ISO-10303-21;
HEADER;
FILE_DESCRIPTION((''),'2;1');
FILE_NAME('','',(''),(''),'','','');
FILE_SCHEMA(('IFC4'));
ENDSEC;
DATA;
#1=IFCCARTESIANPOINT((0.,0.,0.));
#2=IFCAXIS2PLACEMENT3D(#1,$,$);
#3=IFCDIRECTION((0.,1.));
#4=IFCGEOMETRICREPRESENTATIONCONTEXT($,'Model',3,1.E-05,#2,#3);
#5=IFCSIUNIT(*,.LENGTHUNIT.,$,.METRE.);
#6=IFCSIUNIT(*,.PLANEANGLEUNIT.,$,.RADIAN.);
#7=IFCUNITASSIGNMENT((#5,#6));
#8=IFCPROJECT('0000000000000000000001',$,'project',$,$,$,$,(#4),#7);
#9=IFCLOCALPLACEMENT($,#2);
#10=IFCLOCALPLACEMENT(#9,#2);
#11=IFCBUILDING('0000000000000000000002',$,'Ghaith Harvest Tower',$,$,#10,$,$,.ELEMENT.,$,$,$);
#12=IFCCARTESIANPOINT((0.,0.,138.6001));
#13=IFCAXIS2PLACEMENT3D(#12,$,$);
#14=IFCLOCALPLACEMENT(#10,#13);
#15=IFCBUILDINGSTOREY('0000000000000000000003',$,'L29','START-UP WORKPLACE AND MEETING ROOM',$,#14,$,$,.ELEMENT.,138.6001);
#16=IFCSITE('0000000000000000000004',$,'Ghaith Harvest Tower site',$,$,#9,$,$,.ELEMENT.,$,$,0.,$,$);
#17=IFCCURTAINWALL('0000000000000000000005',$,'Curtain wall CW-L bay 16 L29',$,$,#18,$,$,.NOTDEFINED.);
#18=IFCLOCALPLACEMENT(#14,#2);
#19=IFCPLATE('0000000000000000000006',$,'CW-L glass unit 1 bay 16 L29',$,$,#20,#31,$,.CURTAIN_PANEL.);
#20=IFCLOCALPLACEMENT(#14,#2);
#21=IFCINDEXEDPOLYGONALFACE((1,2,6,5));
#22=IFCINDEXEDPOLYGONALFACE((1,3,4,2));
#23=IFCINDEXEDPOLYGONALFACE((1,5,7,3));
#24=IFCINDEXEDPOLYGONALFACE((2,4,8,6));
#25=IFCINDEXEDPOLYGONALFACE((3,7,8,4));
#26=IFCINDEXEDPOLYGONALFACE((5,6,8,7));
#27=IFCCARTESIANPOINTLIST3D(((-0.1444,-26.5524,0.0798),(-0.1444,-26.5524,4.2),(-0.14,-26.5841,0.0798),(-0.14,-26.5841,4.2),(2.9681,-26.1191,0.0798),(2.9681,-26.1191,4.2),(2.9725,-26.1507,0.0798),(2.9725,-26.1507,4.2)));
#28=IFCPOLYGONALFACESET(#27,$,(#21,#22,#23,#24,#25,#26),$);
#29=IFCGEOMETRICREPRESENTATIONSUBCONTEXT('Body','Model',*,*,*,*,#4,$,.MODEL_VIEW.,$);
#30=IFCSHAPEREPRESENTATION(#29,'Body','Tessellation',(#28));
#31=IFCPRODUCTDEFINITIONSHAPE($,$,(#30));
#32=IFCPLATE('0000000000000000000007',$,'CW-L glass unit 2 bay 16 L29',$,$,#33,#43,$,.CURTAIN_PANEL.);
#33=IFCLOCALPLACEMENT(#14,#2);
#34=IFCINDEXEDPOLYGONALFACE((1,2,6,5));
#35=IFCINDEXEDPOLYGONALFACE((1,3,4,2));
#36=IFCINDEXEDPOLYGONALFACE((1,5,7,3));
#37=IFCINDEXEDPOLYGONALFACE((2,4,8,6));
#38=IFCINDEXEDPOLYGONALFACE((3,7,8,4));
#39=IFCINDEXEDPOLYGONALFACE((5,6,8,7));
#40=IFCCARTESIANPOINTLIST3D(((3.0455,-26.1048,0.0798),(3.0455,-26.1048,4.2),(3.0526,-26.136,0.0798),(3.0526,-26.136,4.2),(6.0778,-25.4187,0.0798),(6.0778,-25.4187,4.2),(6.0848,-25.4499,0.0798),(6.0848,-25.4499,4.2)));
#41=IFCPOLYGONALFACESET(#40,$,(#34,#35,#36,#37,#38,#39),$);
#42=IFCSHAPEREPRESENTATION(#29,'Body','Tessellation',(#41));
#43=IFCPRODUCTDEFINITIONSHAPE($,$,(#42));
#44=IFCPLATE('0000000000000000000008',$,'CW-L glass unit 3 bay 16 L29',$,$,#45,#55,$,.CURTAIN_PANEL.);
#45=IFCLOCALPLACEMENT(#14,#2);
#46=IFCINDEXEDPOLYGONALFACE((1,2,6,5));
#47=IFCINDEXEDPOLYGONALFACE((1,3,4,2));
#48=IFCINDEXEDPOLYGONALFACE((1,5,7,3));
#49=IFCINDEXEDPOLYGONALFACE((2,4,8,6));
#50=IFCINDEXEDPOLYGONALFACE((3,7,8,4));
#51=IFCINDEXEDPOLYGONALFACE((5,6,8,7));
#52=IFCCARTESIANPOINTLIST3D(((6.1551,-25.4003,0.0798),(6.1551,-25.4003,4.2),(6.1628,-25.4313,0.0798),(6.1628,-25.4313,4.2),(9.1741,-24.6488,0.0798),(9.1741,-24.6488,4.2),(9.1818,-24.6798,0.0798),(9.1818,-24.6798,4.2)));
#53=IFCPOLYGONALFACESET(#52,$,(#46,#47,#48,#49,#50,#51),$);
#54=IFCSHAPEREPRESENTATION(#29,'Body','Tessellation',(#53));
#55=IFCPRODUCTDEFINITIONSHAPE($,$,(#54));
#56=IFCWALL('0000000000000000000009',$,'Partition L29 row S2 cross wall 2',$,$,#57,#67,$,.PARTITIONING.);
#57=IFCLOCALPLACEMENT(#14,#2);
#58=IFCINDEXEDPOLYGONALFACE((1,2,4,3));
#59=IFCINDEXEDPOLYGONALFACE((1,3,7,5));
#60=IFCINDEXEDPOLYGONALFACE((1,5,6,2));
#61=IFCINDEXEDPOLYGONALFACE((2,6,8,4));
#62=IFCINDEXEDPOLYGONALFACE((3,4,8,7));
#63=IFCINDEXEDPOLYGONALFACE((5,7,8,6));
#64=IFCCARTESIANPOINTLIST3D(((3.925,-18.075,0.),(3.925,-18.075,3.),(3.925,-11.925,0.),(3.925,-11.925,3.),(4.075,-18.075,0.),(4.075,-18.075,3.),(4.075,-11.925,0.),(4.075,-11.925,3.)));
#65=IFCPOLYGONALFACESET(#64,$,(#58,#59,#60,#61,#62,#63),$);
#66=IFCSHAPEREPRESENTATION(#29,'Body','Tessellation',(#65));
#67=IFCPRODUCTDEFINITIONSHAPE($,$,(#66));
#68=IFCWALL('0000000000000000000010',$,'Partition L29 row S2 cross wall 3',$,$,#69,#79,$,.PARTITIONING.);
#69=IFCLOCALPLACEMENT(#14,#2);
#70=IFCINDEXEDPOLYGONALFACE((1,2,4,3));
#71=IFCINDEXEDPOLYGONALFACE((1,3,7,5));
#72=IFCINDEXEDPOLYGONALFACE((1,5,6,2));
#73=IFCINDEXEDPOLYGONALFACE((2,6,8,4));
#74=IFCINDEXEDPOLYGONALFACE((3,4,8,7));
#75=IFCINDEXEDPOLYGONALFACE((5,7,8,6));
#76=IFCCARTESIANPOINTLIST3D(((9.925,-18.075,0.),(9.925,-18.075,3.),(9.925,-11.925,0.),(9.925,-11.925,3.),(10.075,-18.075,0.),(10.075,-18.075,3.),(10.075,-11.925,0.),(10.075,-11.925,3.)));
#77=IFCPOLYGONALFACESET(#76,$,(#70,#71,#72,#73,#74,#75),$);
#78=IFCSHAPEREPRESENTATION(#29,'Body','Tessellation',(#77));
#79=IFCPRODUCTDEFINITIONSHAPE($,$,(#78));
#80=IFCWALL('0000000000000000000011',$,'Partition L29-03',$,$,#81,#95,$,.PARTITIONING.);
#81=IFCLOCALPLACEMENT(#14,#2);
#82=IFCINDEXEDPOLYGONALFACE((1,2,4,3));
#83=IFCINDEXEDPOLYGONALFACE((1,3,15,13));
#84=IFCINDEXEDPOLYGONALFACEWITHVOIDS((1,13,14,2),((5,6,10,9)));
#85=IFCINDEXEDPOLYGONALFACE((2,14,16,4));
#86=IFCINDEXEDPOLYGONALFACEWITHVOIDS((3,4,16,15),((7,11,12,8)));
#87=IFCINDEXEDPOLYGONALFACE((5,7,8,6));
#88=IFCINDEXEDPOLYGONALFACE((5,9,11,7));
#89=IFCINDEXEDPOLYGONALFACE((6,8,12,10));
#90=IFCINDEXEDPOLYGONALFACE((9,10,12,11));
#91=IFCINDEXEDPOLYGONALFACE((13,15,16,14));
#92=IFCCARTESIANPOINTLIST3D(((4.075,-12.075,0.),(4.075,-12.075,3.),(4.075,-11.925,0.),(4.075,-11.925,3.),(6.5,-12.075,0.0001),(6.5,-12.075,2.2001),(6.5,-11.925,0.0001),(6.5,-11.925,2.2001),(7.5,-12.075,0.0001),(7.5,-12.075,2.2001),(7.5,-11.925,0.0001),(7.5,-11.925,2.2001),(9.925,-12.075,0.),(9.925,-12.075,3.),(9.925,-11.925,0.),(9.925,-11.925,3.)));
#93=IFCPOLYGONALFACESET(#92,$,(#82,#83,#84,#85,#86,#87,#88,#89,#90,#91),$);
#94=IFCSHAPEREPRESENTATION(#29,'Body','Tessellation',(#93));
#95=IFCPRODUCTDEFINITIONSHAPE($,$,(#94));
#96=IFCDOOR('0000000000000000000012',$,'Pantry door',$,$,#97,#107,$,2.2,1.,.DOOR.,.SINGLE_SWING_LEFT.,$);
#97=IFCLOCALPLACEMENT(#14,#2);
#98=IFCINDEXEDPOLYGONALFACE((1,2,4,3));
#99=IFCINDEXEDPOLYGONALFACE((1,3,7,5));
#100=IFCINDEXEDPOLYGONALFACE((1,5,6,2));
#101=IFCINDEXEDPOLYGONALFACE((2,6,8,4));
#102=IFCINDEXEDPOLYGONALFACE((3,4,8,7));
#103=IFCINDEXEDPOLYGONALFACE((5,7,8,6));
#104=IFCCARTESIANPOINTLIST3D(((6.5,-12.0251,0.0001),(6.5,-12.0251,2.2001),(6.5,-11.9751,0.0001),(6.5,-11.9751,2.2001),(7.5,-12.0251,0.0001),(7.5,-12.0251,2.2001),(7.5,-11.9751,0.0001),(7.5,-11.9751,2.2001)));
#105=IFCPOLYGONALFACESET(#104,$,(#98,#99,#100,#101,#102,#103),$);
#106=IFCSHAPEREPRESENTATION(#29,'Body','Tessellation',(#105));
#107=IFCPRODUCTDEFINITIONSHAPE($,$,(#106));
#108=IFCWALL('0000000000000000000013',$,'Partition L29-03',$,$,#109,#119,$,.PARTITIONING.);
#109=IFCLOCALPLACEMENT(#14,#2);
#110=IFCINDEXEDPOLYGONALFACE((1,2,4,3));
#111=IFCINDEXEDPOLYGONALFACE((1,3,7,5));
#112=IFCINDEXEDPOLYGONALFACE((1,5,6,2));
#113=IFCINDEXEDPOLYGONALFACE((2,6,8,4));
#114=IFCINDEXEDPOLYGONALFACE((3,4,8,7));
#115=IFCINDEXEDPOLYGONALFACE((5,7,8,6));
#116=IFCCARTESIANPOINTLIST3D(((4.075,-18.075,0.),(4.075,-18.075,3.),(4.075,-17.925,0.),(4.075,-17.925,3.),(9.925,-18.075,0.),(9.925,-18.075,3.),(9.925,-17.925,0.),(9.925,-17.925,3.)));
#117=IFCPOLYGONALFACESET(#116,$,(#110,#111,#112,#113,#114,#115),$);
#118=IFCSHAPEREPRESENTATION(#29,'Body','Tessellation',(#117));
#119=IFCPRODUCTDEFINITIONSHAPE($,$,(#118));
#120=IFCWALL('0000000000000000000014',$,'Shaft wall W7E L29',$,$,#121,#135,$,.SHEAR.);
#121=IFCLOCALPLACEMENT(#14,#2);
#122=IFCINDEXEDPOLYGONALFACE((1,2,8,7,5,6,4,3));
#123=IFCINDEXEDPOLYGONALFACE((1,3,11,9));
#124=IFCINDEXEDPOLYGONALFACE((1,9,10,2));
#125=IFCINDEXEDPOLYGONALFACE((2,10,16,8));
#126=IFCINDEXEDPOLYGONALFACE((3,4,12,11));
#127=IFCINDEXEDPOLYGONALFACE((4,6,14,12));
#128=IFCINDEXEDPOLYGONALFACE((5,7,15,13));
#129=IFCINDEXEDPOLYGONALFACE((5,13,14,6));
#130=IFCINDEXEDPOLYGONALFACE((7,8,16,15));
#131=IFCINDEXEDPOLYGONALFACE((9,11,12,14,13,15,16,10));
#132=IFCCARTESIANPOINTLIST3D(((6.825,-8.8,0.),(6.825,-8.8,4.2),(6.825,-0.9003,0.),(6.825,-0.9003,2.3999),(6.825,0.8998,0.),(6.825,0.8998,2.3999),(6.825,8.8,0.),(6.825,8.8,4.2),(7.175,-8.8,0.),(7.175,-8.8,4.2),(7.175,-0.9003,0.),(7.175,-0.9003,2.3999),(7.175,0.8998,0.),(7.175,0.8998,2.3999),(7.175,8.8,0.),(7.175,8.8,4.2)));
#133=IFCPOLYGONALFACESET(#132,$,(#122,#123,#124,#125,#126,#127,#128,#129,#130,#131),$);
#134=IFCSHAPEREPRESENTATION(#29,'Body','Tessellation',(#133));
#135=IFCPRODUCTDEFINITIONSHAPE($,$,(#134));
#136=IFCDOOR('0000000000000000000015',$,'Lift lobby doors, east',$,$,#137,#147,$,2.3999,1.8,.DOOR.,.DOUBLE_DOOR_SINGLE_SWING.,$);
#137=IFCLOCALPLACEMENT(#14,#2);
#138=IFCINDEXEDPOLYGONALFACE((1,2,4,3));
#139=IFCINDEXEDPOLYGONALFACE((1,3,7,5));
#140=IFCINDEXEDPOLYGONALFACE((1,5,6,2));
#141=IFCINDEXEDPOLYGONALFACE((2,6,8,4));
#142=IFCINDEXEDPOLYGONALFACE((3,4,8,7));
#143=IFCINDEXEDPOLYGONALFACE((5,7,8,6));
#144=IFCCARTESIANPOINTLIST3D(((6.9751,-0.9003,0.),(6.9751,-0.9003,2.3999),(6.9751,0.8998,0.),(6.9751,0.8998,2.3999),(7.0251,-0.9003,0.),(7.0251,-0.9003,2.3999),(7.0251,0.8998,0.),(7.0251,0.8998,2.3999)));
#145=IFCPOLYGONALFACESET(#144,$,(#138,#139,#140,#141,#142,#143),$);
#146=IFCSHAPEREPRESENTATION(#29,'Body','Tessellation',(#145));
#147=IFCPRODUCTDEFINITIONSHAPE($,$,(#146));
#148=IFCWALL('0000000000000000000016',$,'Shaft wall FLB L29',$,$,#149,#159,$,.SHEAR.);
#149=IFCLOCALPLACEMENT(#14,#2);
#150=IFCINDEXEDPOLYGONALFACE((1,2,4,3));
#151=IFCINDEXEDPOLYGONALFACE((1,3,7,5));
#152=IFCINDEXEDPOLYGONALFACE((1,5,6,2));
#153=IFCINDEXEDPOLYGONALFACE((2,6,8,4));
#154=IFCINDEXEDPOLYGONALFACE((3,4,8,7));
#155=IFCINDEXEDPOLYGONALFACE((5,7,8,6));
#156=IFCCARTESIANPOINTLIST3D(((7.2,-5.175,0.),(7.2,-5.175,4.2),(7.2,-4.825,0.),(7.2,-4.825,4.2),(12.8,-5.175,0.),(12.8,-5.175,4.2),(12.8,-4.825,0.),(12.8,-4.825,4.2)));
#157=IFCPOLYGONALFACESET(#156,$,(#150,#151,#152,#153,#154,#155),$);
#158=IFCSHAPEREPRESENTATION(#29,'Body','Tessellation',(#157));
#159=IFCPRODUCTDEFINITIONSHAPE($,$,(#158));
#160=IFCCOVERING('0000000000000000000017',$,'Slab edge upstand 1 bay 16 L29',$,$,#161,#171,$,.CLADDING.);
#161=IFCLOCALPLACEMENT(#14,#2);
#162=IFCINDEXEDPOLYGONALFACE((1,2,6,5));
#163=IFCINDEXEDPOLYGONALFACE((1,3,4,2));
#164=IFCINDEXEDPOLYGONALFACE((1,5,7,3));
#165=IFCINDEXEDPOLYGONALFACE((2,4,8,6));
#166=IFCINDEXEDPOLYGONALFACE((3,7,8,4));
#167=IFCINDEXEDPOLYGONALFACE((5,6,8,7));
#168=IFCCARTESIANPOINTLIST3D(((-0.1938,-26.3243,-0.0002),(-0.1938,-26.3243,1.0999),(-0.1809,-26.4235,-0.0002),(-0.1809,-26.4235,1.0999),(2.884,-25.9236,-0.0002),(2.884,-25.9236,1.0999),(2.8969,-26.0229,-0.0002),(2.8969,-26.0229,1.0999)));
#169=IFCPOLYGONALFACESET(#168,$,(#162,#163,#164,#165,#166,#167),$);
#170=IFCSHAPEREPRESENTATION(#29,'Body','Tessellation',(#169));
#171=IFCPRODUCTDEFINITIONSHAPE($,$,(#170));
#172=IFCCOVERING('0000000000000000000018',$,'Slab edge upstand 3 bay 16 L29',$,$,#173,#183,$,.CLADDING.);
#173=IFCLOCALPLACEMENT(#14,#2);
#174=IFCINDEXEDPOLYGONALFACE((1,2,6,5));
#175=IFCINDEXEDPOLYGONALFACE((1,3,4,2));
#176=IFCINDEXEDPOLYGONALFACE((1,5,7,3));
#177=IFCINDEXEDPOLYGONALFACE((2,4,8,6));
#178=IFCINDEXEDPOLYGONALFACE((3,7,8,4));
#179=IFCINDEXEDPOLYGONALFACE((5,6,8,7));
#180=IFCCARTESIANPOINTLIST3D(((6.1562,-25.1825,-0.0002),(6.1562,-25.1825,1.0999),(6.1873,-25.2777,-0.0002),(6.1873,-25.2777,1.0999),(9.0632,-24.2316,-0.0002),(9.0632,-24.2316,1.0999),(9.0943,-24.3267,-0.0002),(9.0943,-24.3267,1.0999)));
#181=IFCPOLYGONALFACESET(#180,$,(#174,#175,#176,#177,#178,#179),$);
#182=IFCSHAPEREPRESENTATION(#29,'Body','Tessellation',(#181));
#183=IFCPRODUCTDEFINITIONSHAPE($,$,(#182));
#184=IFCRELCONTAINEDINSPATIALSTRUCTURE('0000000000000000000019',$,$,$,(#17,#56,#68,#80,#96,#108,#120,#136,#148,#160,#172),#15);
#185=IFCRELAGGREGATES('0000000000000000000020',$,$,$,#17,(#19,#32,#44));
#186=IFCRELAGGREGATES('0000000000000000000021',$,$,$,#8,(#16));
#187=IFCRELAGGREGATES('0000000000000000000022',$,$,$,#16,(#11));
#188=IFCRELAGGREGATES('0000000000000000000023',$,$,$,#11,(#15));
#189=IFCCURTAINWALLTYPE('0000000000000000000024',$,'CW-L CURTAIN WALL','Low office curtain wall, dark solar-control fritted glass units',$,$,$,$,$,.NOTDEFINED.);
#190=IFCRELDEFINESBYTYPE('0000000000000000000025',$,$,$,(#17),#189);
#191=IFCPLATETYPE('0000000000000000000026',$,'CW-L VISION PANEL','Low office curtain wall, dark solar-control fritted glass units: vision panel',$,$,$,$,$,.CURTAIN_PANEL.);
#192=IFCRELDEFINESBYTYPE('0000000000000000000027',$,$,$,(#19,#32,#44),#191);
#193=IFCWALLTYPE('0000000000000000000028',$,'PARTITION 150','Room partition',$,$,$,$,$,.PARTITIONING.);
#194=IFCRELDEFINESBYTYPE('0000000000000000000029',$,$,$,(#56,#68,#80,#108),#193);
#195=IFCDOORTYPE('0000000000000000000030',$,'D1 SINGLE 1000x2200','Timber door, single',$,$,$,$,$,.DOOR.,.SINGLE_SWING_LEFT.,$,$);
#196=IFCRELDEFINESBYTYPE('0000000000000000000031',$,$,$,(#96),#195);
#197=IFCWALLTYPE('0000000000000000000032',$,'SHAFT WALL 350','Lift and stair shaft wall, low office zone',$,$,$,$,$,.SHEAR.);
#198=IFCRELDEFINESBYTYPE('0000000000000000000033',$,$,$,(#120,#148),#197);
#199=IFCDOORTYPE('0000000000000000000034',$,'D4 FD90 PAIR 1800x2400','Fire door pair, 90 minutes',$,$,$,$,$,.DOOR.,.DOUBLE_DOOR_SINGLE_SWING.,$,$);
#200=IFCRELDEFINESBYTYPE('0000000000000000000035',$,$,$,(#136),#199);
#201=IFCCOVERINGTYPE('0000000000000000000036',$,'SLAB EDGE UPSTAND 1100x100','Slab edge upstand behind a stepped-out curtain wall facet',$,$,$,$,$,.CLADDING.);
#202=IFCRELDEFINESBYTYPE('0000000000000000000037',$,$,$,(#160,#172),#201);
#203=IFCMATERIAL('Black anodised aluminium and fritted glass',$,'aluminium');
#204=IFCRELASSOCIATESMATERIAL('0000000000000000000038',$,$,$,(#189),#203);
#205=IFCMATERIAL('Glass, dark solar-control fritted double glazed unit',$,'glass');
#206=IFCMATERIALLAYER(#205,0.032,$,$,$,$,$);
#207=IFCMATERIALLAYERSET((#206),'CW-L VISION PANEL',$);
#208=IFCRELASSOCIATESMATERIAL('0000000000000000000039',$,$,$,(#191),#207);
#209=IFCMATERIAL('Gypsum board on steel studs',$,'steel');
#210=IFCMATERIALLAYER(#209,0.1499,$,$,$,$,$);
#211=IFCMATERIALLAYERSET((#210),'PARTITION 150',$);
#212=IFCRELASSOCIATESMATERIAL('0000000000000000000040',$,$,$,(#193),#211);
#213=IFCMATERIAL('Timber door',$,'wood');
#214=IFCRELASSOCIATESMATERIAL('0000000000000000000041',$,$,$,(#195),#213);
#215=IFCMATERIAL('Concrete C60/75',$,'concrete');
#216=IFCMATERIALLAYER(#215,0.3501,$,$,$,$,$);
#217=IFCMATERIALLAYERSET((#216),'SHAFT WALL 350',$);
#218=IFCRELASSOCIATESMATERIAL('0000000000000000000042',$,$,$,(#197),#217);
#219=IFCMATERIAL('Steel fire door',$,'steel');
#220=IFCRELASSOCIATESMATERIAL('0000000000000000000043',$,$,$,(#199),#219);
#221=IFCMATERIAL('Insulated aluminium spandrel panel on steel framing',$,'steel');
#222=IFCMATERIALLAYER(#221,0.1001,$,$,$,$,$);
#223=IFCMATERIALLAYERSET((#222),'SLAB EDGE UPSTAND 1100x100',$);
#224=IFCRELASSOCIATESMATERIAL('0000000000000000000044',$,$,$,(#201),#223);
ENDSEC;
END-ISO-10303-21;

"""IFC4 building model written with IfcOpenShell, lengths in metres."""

from ifc_helpers import new_model, si_unit, direction, frame, frame_2d, origin, origin_2d, place, context, subcontext, project, spatial, rectangle, extrude, material, layer, layer_set, type_object, element, fill, aggregate, save


model = new_model("IFC4")

# Units and contexts
model_context = context("Model", 3, precision=1e-05, world=origin(), true_north=direction((0.0, 1.0)))
body_context = subcontext(model_context, "Body", "Model", "MODEL_VIEW")
ifc_project = project(units=[si_unit("LENGTHUNIT", "METRE"), si_unit("PLANEANGLEUNIT", "RADIAN")], contexts=[model_context])

# Site, building, storey
site_placement = place(None, origin())
site = spatial("IfcSite", under=ifc_project, at=site_placement, Name="Ghaith Harvest Tower site", CompositionType="ELEMENT", RefElevation=0.0)
building_placement = place(site_placement, origin())
building = spatial("IfcBuilding", under=site, at=building_placement, Name="Ghaith Harvest Tower", CompositionType="ELEMENT")
storey_placement = place(building_placement, frame((0.0, 0.0, 138.6001)))
storey = spatial("IfcBuildingStorey", under=building, at=storey_placement, Name="L29", Description="START-UP WORKPLACE AND MEETING ROOM", CompositionType="ELEMENT", Elevation=138.6001)

# Curtain wall
ifc_material_1 = material(Name="Black anodised aluminium and fritted glass", Category="aluminium")
curtain_wall_type = type_object("IfcCurtainWallType", Name="CW-L CURTAIN WALL", Description="Low office curtain wall, dark solar-control fritted glass units", PredefinedType="NOTDEFINED", material=ifc_material_1)
curtain_wall_1_placement = place(storey_placement, origin())
curtain_wall_1 = element("IfcCurtainWall", 1, at=curtain_wall_1_placement, inside=storey, type_object=curtain_wall_type, Name="Curtain wall CW-L bay 16 L29", PredefinedType="NOTDEFINED")

# Plates
ifc_material_2 = material(Name="Glass, dark solar-control fritted double glazed unit", Category="glass")
ifc_layer_1 = layer(ifc_material_2, 0.032)
ifc_layer_set_1 = layer_set([ifc_layer_1], Name="CW-L VISION PANEL")
plate_type = type_object("IfcPlateType", Name="CW-L VISION PANEL", Description="Low office curtain wall, dark solar-control fritted glass units: vision panel", PredefinedType="CURTAIN_PANEL", material=ifc_layer_set_1)
plate_1_placement = place(storey_placement, frame((1.4141, -26.3516, 0.0798), z_axis=(0.0, 0.0, 1.0), x_axis=(0.990448, 0.137886, 0.0)))
plate_1 = element("IfcPlate", 2, at=plate_1_placement, type_object=plate_type, Name="CW-L glass unit 1 bay 16 L29", PredefinedType="CURTAIN_PANEL", context=body_context, shape_type="SweptSolid", body=[
    extrude(rectangle(XDim=3.1426, YDim=0.032, at=origin_2d()), origin(), (0.0, 0.0, 1.0), 4.1201),
])
plate_2_placement = place(storey_placement, frame((4.5652, -25.7773, 0.0798), z_axis=(0.0, 0.0, 1.0), x_axis=(0.975342, 0.2207, 0.0)))
plate_2 = element("IfcPlate", 3, at=plate_2_placement, type_object=plate_type, Name="CW-L glass unit 2 bay 16 L29", PredefinedType="CURTAIN_PANEL", context=body_context, shape_type="SweptSolid", body=[
    extrude(rectangle(XDim=3.1089, YDim=0.032, at=origin_2d()), origin(), (0.0, 0.0, 1.0), 4.1201),
])
plate_3_placement = place(storey_placement, frame((7.6685, -25.04, 0.0798), z_axis=(0.0, 0.0, 1.0), x_axis=(0.970384, 0.241566, 0.0)))
plate_3 = element("IfcPlate", 4, at=plate_3_placement, type_object=plate_type, Name="CW-L glass unit 3 bay 16 L29", PredefinedType="CURTAIN_PANEL", context=body_context, shape_type="SweptSolid", body=[
    extrude(rectangle(XDim=3.1111, YDim=0.032, at=origin_2d()), origin(), (0.0, 0.0, 1.0), 4.1201),
])
aggregate(curtain_wall_1, [plate_1, plate_2, plate_3])

# Walls
ifc_material_3 = material(Name="Gypsum board on steel studs", Category="steel")
ifc_layer_2 = layer(ifc_material_3, 0.1499)
ifc_layer_set_2 = layer_set([ifc_layer_2], Name="PARTITION 150")
wall_type_1 = type_object("IfcWallType", Name="PARTITION 150", Description="Room partition", PredefinedType="PARTITIONING", material=ifc_layer_set_2)
for number, where, z_axis, x_axis, name in (
    (5, (4.0, -11.925, 0.0), (0.0, 0.0, 1.0), (0.0, -1.0, 0.0), "Partition L29 row S2 cross wall 2"),
    (6, (10.0, -11.925, 0.0), (0.0, 0.0, 1.0), (0.0, -1.0, 0.0), "Partition L29 row S2 cross wall 3"),
):
    element("IfcWall", number, at=place(storey_placement, frame(where, z_axis=z_axis, x_axis=x_axis)), inside=storey, type_object=wall_type_1, Name=name, PredefinedType="PARTITIONING", context=body_context, shape_type="SweptSolid", body=[
        extrude(rectangle(XDim=6.1499, YDim=0.1499, at=frame_2d((3.075, 0.0))), origin(), (0.0, 0.0, 1.0), 3.0),
    ])

# Wall, opening, door
wall_1_placement = place(storey_placement, frame((4.075, -12.0, 0.0), z_axis=(0.0, 0.0, 1.0), x_axis=(1.0, 0.0, 0.0)))
wall_1 = element("IfcWall", 7, at=wall_1_placement, inside=storey, type_object=wall_type_1, Name="Partition L29-03", PredefinedType="PARTITIONING", context=body_context, shape_type="SweptSolid", body=[
    extrude(rectangle(XDim=5.8501, YDim=0.1499, at=frame_2d((2.925, 0.0))), origin(), (0.0, 0.0, 1.0), 3.0),
])
opening_1_placement = place(wall_1_placement, frame((2.425, 0.0, 0.0)))
opening_1 = element("IfcOpeningElement", 8, at=opening_1_placement, cuts=wall_1, PredefinedType="OPENING", context=body_context, shape_type="SweptSolid", body=[
    extrude(rectangle(XDim=1.0, YDim=2.2, at=frame_2d((0.5, 1.1001))), frame((0.0, 0.085, 0.0), z_axis=(0.0, -1.0, 0.0), x_axis=(1.0, 0.0, 0.0)), (0.0, 0.0, 1.0), 0.1699),
])
ifc_material_4 = material(Name="Timber door", Category="wood")
door_type_1 = type_object("IfcDoorType", Name="D1 SINGLE 1000x2200", Description="Timber door, single", OperationType="SINGLE_SWING_LEFT", PredefinedType="DOOR", material=ifc_material_4)
door_1_placement = place(opening_1_placement, origin())
door_1 = element("IfcDoor", 9, at=door_1_placement, inside=storey, type_object=door_type_1, Name="Pantry door", OperationType="SINGLE_SWING_LEFT", OverallHeight=2.2, OverallWidth=1.0, PredefinedType="DOOR", context=body_context, shape_type="SweptSolid", body=[
    extrude(rectangle(XDim=1.0, YDim=2.2, at=frame_2d((0.5, 1.1001))), frame((0.0, 0.0249, 0.0), z_axis=(0.0, -1.0, 0.0), x_axis=(1.0, 0.0, 0.0)), (0.0, 0.0, 1.0), 0.05),
])
fill(opening_1, door_1)

# Wall
wall_2_placement = place(storey_placement, frame((4.075, -18.0, 0.0), z_axis=(0.0, 0.0, 1.0), x_axis=(1.0, 0.0, 0.0)))
element("IfcWall", 10, at=wall_2_placement, inside=storey, type_object=wall_type_1, Name="Partition L29-03", PredefinedType="PARTITIONING", context=body_context, shape_type="SweptSolid", body=[
    extrude(rectangle(XDim=5.8501, YDim=0.1499, at=frame_2d((2.925, 0.0))), origin(), (0.0, 0.0, 1.0), 3.0),
])

# Wall, opening, door
ifc_material_5 = material(Name="Concrete C60/75", Category="concrete")
ifc_layer_3 = layer(ifc_material_5, 0.3501)
ifc_layer_set_3 = layer_set([ifc_layer_3], Name="SHAFT WALL 350")
wall_type_2 = type_object("IfcWallType", Name="SHAFT WALL 350", Description="Lift and stair shaft wall, low office zone", PredefinedType="SHEAR", material=ifc_layer_set_3)
wall_3_placement = place(storey_placement, frame((7.0, -8.8, 0.0), z_axis=(0.0, 0.0, 1.0), x_axis=(0.0, 1.0, 0.0)))
wall_3 = element("IfcWall", 11, at=wall_3_placement, inside=storey, type_object=wall_type_2, Name="Shaft wall W7E L29", PredefinedType="SHEAR", context=body_context, shape_type="SweptSolid", body=[
    extrude(rectangle(XDim=17.6001, YDim=0.3501, at=frame_2d((8.8, 0.0))), origin(), (0.0, 0.0, 1.0), 4.2),
])
opening_2_placement = place(wall_3_placement, frame((7.8999, 0.0, 0.0)))
opening_2 = element("IfcOpeningElement", 12, at=opening_2_placement, cuts=wall_3, PredefinedType="OPENING", context=body_context, shape_type="SweptSolid", body=[
    extrude(rectangle(XDim=1.8, YDim=2.3999, at=frame_2d((0.8999, 1.2))), frame((0.0, 0.1851, 0.0), z_axis=(0.0, -1.0, 0.0), x_axis=(1.0, 0.0, 0.0)), (0.0, 0.0, 1.0), 0.3701),
])
ifc_material_6 = material(Name="Steel fire door", Category="steel")
door_type_2 = type_object("IfcDoorType", Name="D4 FD90 PAIR 1800x2400", Description="Fire door pair, 90 minutes", OperationType="DOUBLE_DOOR_SINGLE_SWING", PredefinedType="DOOR", material=ifc_material_6)
door_2_placement = place(opening_2_placement, origin())
door_2 = element("IfcDoor", 13, at=door_2_placement, inside=storey, type_object=door_type_2, Name="Lift lobby doors, east", OperationType="DOUBLE_DOOR_SINGLE_SWING", OverallHeight=2.3999, OverallWidth=1.8, PredefinedType="DOOR", context=body_context, shape_type="SweptSolid", body=[
    extrude(rectangle(XDim=1.8, YDim=2.3999, at=frame_2d((0.8999, 1.2))), frame((0.0, 0.0249, 0.0), z_axis=(0.0, -1.0, 0.0), x_axis=(1.0, 0.0, 0.0)), (0.0, 0.0, 1.0), 0.05),
])
fill(opening_2, door_2)

# Wall
wall_4_placement = place(storey_placement, frame((7.2, -5.0, 0.0), z_axis=(0.0, 0.0, 1.0), x_axis=(1.0, 0.0, 0.0)))
element("IfcWall", 14, at=wall_4_placement, inside=storey, type_object=wall_type_2, Name="Shaft wall FLB L29", PredefinedType="SHEAR", context=body_context, shape_type="SweptSolid", body=[
    extrude(rectangle(XDim=5.6001, YDim=0.3501, at=frame_2d((2.8, 0.0))), origin(), (0.0, 0.0, 1.0), 4.2),
])

# Coverings
ifc_material_7 = material(Name="Insulated aluminium spandrel panel on steel framing", Category="steel")
ifc_layer_4 = layer(ifc_material_7, 0.1001)
ifc_layer_set_4 = layer_set([ifc_layer_4], Name="SLAB EDGE UPSTAND 1100x100")
covering_type = type_object("IfcCoveringType", Name="SLAB EDGE UPSTAND 1100x100", Description="Slab edge upstand behind a stepped-out curtain wall facet", PredefinedType="CLADDING", material=ifc_layer_set_4)
covering_1_placement = place(storey_placement, frame((1.3516, -26.1736, -0.0002), z_axis=(0.0, 0.0, 1.0), x_axis=(0.991634, 0.129084, 0.0)))
element("IfcCovering", 15, at=covering_1_placement, inside=storey, type_object=covering_type, Name="Slab edge upstand 1 bay 16 L29", PredefinedType="CLADDING", context=body_context, shape_type="SweptSolid", body=[
    extrude(rectangle(XDim=3.1038, YDim=0.1001, at=origin_2d()), origin(), (0.0, 0.0, 1.0), 1.1001),
])
covering_2_placement = place(storey_placement, frame((7.6252, -24.7546, -0.0002), z_axis=(0.0, 0.0, 1.0), x_axis=(0.950441, 0.310904, 0.0)))
element("IfcCovering", 16, at=covering_2_placement, inside=storey, type_object=covering_type, Name="Slab edge upstand 3 bay 16 L29", PredefinedType="CLADDING", context=body_context, shape_type="SweptSolid", body=[
    extrude(rectangle(XDim=3.0586, YDim=0.1001, at=origin_2d()), origin(), (0.0, 0.0, 1.0), 1.1001),
])

save(model, "model.ifc")
